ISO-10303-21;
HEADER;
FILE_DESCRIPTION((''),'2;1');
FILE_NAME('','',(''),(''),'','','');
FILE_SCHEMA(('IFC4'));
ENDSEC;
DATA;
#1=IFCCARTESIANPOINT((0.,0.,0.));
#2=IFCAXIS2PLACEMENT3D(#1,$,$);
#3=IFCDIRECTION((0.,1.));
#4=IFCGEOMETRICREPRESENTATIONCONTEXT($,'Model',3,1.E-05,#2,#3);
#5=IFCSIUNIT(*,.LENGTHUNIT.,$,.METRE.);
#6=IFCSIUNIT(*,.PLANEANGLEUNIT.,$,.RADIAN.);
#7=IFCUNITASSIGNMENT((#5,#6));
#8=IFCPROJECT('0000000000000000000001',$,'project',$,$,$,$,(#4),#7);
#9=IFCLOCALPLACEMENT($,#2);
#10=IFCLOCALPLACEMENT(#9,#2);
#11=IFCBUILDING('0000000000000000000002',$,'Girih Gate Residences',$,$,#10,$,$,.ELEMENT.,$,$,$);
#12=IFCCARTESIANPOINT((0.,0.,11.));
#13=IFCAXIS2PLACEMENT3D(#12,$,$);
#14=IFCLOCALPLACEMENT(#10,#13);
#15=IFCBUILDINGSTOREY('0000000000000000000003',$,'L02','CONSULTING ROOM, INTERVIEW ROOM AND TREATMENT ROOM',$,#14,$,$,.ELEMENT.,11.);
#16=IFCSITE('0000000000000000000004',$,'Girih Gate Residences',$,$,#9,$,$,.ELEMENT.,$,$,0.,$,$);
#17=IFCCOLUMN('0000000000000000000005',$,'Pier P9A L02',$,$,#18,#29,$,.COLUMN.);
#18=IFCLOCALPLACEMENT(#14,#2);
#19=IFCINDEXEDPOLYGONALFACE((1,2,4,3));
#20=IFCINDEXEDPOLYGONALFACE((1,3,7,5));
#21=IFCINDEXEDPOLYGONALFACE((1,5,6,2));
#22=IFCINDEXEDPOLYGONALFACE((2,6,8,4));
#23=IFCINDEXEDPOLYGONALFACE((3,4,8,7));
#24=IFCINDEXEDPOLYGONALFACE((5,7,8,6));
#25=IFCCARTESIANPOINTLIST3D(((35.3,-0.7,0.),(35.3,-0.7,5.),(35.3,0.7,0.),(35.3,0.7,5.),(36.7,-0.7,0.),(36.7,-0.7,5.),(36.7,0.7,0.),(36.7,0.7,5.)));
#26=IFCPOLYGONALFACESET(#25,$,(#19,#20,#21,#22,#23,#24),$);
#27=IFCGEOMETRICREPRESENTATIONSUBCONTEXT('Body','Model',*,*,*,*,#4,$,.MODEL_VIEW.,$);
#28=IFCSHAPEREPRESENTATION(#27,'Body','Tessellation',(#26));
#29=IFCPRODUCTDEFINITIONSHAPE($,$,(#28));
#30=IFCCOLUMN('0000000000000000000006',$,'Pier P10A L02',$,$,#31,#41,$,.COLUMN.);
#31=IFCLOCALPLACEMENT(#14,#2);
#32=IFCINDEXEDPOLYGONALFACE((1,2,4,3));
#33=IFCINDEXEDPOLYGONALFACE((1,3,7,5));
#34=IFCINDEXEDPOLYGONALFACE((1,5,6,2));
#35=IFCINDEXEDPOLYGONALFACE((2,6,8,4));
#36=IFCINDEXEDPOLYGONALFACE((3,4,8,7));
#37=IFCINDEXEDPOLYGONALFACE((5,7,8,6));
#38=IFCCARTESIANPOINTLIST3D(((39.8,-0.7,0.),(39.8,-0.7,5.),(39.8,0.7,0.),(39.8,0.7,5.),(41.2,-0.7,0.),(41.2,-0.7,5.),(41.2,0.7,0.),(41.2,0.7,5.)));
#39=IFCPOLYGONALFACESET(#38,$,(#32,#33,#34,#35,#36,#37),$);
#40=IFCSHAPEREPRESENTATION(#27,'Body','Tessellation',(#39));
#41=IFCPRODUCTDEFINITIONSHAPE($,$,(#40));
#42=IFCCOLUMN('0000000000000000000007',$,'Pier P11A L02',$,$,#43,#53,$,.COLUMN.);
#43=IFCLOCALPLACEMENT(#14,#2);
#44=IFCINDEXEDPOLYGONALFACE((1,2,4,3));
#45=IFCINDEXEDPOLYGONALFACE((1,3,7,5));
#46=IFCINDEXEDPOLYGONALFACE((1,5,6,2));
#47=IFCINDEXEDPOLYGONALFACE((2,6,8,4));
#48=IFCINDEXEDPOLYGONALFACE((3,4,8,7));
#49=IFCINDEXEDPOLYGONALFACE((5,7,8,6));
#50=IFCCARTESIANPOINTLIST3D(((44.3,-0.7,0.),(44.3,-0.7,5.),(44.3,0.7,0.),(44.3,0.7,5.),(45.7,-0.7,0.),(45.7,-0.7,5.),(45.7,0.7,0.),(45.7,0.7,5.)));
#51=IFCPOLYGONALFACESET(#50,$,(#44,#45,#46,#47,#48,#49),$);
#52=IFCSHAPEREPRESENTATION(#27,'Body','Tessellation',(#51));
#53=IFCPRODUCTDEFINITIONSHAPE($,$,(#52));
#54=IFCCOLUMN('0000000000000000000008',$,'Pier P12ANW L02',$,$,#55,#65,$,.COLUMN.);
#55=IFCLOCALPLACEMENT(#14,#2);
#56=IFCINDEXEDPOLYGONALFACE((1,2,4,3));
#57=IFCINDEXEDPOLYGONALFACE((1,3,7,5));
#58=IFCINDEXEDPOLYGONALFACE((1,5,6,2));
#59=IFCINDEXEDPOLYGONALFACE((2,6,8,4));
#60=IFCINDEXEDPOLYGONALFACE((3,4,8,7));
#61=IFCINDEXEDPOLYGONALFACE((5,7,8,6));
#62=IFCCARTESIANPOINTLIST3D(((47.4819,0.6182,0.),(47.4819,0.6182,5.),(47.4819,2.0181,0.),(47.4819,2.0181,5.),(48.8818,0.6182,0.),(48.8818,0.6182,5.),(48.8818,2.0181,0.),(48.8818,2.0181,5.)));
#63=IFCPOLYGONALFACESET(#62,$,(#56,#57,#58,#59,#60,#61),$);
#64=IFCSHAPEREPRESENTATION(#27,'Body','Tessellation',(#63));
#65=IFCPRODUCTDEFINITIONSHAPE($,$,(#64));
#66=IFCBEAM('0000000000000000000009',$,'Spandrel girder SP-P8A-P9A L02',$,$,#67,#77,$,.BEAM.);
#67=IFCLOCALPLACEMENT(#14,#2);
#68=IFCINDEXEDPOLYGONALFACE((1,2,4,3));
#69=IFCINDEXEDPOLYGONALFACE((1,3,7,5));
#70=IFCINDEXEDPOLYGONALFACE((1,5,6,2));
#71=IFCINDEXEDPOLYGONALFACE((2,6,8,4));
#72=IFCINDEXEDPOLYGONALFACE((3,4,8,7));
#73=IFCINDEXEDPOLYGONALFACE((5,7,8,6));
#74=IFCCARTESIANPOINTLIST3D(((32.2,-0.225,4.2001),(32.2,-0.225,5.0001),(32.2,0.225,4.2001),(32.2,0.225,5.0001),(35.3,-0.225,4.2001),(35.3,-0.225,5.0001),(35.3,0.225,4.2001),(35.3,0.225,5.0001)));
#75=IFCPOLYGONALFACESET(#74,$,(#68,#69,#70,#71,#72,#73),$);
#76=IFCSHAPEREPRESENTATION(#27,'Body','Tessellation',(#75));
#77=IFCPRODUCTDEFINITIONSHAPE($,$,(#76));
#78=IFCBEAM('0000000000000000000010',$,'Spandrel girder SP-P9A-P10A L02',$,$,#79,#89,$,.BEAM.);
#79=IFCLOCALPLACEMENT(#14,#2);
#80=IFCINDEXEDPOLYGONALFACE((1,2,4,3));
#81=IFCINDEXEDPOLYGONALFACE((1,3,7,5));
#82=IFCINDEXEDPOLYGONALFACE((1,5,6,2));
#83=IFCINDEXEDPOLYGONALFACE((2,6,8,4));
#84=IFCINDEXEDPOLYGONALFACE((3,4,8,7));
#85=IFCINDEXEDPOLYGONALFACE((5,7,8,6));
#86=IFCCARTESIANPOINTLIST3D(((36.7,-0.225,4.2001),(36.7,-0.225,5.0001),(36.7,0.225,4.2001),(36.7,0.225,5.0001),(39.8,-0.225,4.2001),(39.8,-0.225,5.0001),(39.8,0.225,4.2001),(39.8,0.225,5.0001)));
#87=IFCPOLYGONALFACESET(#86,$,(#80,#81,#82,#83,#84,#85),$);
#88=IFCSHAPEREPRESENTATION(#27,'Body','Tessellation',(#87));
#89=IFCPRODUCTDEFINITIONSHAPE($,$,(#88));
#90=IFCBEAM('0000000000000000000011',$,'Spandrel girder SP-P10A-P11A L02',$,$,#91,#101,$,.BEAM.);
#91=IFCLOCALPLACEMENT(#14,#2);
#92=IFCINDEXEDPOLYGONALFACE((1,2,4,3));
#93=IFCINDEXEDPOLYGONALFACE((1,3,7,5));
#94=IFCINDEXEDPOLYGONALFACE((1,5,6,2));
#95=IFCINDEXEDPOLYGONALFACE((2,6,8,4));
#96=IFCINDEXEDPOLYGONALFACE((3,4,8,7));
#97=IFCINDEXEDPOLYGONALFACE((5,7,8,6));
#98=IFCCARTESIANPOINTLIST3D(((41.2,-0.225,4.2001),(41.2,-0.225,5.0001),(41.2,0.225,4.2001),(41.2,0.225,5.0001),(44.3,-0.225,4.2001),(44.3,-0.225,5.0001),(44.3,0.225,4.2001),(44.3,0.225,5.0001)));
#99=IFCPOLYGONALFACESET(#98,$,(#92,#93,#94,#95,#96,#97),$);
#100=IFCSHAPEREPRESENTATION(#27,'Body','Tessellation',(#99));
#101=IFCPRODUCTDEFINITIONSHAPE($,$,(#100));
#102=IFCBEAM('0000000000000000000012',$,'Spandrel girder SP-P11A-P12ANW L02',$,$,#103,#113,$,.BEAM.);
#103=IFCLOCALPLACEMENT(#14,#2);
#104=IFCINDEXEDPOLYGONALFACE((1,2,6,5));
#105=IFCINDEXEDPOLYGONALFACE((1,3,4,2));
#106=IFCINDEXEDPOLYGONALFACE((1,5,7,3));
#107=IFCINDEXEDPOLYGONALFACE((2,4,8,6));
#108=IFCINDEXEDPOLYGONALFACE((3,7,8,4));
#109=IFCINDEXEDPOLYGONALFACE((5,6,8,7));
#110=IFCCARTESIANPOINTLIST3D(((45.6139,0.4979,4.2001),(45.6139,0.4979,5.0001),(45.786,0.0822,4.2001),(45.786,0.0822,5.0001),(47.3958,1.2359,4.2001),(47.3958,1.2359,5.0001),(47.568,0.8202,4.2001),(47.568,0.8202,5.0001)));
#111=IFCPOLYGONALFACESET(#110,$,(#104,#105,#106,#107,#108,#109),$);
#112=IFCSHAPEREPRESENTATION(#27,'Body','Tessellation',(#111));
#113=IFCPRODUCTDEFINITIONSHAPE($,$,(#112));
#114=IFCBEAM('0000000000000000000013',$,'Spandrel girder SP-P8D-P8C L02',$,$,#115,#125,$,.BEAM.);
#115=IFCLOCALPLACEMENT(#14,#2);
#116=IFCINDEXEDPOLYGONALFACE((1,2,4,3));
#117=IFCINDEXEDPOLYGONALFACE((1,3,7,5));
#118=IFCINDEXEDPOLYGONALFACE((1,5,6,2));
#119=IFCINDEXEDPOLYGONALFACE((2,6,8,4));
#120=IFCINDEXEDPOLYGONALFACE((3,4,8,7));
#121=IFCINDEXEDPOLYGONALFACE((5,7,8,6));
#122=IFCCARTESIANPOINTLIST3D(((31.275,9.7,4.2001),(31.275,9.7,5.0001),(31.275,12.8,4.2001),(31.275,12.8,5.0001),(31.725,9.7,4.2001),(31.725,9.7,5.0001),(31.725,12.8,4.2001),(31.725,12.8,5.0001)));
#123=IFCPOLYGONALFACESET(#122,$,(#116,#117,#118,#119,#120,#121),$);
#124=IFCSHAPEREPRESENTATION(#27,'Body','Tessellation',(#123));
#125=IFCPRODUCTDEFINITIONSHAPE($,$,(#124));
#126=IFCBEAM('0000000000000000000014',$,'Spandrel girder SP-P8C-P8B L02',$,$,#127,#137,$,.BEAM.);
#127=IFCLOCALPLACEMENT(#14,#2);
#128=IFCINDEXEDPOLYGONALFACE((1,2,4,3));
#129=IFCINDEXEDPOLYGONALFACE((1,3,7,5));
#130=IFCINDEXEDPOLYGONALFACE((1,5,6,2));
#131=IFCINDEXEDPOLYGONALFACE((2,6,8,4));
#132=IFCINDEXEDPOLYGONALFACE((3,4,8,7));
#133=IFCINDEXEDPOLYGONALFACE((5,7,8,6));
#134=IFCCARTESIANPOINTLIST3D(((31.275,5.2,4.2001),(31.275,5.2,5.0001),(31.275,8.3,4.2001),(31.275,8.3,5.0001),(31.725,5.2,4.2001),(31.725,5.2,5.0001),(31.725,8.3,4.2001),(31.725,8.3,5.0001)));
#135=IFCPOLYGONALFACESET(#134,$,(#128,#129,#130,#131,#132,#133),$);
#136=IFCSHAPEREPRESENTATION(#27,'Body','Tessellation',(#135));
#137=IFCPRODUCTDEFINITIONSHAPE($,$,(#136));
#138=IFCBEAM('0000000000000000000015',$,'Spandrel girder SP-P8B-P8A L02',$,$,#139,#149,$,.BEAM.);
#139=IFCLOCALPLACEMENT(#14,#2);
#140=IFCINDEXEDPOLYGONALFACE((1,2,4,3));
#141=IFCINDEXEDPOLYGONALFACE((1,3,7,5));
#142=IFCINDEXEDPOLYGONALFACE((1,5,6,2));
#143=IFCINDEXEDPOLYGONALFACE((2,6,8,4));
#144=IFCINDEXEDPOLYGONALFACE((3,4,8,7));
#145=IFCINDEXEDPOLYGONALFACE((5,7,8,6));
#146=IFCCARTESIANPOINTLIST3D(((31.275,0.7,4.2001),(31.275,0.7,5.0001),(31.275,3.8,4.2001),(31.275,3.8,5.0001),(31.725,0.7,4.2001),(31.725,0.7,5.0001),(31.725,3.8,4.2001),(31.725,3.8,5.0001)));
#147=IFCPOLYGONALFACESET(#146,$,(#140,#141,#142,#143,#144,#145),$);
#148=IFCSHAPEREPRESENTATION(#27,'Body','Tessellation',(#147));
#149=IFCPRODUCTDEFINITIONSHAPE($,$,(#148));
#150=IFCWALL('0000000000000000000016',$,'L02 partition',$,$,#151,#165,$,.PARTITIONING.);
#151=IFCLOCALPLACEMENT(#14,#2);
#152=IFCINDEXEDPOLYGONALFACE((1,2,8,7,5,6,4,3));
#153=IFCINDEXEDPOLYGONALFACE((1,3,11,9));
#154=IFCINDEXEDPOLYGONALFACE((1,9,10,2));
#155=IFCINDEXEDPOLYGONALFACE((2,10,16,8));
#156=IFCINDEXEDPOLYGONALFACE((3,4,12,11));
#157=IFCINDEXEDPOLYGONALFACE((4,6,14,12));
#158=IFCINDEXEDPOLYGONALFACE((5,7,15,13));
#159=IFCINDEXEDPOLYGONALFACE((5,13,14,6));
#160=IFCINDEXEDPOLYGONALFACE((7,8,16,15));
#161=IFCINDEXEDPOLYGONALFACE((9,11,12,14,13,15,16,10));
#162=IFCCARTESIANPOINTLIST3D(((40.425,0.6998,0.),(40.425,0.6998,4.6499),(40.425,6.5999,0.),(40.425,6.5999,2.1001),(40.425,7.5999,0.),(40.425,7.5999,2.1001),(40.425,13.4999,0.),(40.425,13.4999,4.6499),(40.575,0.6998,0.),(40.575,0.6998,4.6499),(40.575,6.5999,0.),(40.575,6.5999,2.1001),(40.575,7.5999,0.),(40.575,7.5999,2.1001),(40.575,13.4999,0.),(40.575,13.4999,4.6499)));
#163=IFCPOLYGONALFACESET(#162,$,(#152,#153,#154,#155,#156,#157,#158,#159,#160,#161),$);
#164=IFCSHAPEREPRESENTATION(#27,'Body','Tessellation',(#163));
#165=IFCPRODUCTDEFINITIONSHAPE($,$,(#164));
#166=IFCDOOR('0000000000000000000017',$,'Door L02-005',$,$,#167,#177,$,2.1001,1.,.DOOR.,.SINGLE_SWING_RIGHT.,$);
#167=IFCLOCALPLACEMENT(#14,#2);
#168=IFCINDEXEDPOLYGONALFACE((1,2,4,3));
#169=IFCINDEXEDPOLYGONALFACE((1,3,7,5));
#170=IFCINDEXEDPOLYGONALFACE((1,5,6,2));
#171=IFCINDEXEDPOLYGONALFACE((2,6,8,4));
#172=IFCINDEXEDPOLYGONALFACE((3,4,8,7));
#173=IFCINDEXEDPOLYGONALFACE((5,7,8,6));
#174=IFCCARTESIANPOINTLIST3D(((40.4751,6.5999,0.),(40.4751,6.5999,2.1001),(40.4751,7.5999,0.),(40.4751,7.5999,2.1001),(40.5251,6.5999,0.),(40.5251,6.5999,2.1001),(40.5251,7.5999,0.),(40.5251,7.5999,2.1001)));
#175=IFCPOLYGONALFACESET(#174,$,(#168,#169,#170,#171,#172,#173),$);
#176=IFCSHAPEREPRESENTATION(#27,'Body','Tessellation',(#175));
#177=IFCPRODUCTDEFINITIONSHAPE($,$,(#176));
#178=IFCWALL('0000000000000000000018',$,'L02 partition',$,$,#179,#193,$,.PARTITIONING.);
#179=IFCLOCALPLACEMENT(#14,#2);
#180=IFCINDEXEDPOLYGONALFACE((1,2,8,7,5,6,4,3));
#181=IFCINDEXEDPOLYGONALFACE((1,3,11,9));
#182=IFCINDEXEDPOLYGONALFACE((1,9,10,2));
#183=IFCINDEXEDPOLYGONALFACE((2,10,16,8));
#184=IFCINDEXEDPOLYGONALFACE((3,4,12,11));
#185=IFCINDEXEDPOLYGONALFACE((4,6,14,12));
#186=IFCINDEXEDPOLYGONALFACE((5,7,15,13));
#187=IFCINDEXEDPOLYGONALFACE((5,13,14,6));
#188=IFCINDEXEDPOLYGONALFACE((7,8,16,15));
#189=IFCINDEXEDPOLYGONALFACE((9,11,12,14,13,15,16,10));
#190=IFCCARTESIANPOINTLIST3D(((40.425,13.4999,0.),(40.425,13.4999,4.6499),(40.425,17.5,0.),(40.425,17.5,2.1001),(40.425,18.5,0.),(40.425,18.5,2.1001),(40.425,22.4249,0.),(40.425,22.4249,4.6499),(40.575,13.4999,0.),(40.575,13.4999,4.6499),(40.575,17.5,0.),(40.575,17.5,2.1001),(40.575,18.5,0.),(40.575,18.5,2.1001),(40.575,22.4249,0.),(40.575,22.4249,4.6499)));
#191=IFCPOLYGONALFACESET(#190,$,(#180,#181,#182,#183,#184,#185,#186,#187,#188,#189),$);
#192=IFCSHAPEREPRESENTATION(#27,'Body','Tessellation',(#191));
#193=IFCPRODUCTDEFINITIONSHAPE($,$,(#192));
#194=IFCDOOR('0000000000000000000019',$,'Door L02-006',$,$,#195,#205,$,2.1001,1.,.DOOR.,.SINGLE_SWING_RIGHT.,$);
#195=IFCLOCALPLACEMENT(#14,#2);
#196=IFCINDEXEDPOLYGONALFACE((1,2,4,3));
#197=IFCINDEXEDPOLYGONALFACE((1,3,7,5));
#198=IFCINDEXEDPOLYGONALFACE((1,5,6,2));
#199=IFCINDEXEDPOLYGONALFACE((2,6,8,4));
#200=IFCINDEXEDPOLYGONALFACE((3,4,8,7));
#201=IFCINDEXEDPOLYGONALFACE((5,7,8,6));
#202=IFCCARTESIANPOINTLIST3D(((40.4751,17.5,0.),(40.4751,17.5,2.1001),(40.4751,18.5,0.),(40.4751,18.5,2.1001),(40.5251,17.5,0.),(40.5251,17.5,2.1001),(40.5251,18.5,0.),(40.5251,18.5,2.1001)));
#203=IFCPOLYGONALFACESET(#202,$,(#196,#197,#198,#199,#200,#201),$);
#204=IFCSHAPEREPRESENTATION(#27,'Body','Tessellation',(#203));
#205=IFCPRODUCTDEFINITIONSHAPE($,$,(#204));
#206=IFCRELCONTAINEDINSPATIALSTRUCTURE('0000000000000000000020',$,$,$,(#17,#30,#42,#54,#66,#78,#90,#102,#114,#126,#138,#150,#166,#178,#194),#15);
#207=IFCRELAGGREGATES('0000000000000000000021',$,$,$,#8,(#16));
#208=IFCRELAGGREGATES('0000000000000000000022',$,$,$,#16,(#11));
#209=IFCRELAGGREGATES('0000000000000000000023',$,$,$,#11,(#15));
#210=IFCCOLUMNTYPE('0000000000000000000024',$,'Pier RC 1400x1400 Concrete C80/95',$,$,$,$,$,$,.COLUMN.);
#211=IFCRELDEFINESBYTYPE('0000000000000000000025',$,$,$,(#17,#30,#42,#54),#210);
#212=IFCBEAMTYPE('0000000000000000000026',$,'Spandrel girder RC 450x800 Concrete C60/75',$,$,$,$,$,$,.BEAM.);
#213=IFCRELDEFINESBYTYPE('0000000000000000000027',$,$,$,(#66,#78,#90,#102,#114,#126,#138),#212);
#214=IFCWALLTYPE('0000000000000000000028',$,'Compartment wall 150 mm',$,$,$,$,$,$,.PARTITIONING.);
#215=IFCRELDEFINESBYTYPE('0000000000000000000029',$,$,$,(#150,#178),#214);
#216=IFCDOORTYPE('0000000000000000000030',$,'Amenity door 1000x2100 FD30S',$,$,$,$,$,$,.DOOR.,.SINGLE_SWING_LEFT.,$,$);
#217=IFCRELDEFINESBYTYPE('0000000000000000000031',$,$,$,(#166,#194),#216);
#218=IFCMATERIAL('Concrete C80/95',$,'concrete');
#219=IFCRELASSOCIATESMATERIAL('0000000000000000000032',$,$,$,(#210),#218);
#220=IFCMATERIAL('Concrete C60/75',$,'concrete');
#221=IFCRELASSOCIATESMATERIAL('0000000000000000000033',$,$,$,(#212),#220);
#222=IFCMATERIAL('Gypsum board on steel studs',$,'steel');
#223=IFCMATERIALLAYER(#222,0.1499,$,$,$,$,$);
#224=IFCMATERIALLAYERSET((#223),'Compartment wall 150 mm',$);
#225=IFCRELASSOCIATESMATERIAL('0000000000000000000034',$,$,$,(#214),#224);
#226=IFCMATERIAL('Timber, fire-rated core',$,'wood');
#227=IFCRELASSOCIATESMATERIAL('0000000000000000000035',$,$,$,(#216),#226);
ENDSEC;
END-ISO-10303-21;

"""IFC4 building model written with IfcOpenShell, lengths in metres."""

from ifc_helpers import new_model, si_unit, direction, frame, frame_2d, origin, origin_2d, place, context, subcontext, project, spatial, rectangle, extrude, material, layer, layer_set, material_profile, profile_set, type_object, element, fill, save


model = new_model("IFC4")

# Units and contexts
model_context = context("Model", 3, precision=1e-05, world=origin(), true_north=direction((0.0, 1.0)))
body_context = subcontext(model_context, "Body", "Model", "MODEL_VIEW")
ifc_project = project(units=[si_unit("LENGTHUNIT", "METRE"), si_unit("PLANEANGLEUNIT", "RADIAN")], contexts=[model_context])

# Site, building, storey
site_placement = place(None, origin())
site = spatial("IfcSite", under=ifc_project, at=site_placement, Name="Girih Gate Residences", CompositionType="ELEMENT", RefElevation=0.0)
building_placement = place(site_placement, origin())
building = spatial("IfcBuilding", under=site, at=building_placement, Name="Girih Gate Residences", CompositionType="ELEMENT")
storey_placement = place(building_placement, frame((0.0, 0.0, 11.0)))
storey = spatial("IfcBuildingStorey", under=building, at=storey_placement, Name="L02", Description="CONSULTING ROOM, INTERVIEW ROOM AND TREATMENT ROOM", CompositionType="ELEMENT", Elevation=11.0)

# Columns
ifc_material_1 = material(Name="Concrete C80/95", Category="concrete")
ifc_material_profile_1 = material_profile(ifc_material_1, rectangle(XDim=1.3999, YDim=1.3999, at=origin_2d()))
ifc_profile_set_1 = profile_set([ifc_material_profile_1], Name="Concrete C80/95")
column_type = type_object("IfcColumnType", Name="Pier RC 1400x1400 Concrete C80/95", PredefinedType="COLUMN", material=ifc_profile_set_1)
for number, where, z_axis, x_axis, name in (
    (1, (36.0, 0.0, 0.0), (0.0, 0.0, 1.0), (1.0, 0.0, 0.0), "Pier P9A L02"),
    (2, (40.5, 0.0, 0.0), (0.0, 0.0, 1.0), (1.0, 0.0, 0.0), "Pier P10A L02"),
    (3, (45.0, 0.0, 0.0), (0.0, 0.0, 1.0), (1.0, 0.0, 0.0), "Pier P11A L02"),
    (4, (48.1819, 1.3181, 0.0), (0.0, 0.0, 1.0), (1.0, 0.0, 0.0), "Pier P12ANW L02"),
):
    element("IfcColumn", number, at=place(storey_placement, frame(where, z_axis=z_axis, x_axis=x_axis)), inside=storey, type_object=column_type, Name=name, PredefinedType="COLUMN", context=body_context, shape_type="SweptSolid", body=[
        extrude(rectangle(XDim=1.3999, YDim=1.3999, at=origin_2d()), origin(), (0.0, 0.0, 1.0), 5.0),
    ])

# Beams
ifc_material_2 = material(Name="Concrete C60/75", Category="concrete")
ifc_material_profile_2 = material_profile(ifc_material_2, rectangle(XDim=0.45, YDim=0.8, at=origin_2d()))
ifc_profile_set_2 = profile_set([ifc_material_profile_2], Name="Concrete C60/75")
beam_type = type_object("IfcBeamType", Name="Spandrel girder RC 450x800 Concrete C60/75", PredefinedType="BEAM", material=ifc_profile_set_2)
for number, where, z_axis, x_axis, name in (
    (5, (32.2, 0.0, 4.6001), (1.0, 0.0, 0.0), (0.0, 1.0, 0.0), "Spandrel girder SP-P8A-P9A L02"),
    (6, (36.7, 0.0, 4.6001), (1.0, 0.0, 0.0), (0.0, 1.0, 0.0), "Spandrel girder SP-P9A-P10A L02"),
    (7, (41.2, 0.0, 4.6001), (1.0, 0.0, 0.0), (0.0, 1.0, 0.0), "Spandrel girder SP-P10A-P11A L02"),
):
    element("IfcBeam", number, at=place(storey_placement, frame(where, z_axis=z_axis, x_axis=x_axis)), inside=storey, type_object=beam_type, Name=name, PredefinedType="BEAM", context=body_context, shape_type="SweptSolid", body=[
        extrude(rectangle(XDim=0.45, YDim=0.8, at=origin_2d()), origin(), (0.0, 0.0, 1.0), 3.1001),
    ])
beam_placement = place(storey_placement, frame((45.7, 0.29, 4.6001), z_axis=(0.923895, 0.382646, 0.0), x_axis=(-0.382646, 0.923895, 0.0)))
element("IfcBeam", 8, at=beam_placement, inside=storey, type_object=beam_type, Name="Spandrel girder SP-P11A-P12ANW L02", PredefinedType="BEAM", context=body_context, shape_type="SweptSolid", body=[
    extrude(rectangle(XDim=0.45, YDim=0.8, at=origin_2d()), origin(), (0.0, 0.0, 1.0), 1.9287),
])
for number, where, z_axis, x_axis, name in (
    (9, (31.5, 12.8, 4.6001), (0.0, -1.0, 0.0), (1.0, 0.0, 0.0), "Spandrel girder SP-P8D-P8C L02"),
    (10, (31.5, 8.3, 4.6001), (0.0, -1.0, 0.0), (1.0, 0.0, 0.0), "Spandrel girder SP-P8C-P8B L02"),
    (11, (31.5, 3.8, 4.6001), (0.0, -1.0, 0.0), (1.0, 0.0, 0.0), "Spandrel girder SP-P8B-P8A L02"),
):
    element("IfcBeam", number, at=place(storey_placement, frame(where, z_axis=z_axis, x_axis=x_axis)), inside=storey, type_object=beam_type, Name=name, PredefinedType="BEAM", context=body_context, shape_type="SweptSolid", body=[
        extrude(rectangle(XDim=0.45, YDim=0.8, at=origin_2d()), origin(), (0.0, 0.0, 1.0), 3.1001),
    ])

# Walls, openings, doors
ifc_material_3 = material(Name="Gypsum board on steel studs", Category="steel")
ifc_layer_1 = layer(ifc_material_3, 0.1499)
ifc_layer_set_1 = layer_set([ifc_layer_1], Name="Compartment wall 150 mm")
wall_type_1 = type_object("IfcWallType", Name="Compartment wall 150 mm", PredefinedType="PARTITIONING", material=ifc_layer_set_1)
wall_1_placement = place(storey_placement, frame((40.5, 0.7, 0.0), z_axis=(0.0, 0.0, 1.0), x_axis=(0.0, 1.0, 0.0)))
wall_1 = element("IfcWall", 12, at=wall_1_placement, inside=storey, type_object=wall_type_1, Name="L02 partition", PredefinedType="PARTITIONING", context=body_context, shape_type="SweptSolid", body=[
    extrude(rectangle(XDim=12.8, YDim=0.1499, at=frame_2d((6.3999, 0.0))), origin(), (0.0, 0.0, 1.0), 4.6499),
])
opening_1_placement = place(wall_1_placement, frame((5.8999, 0.0, 0.0)))
opening_1 = element("IfcOpeningElement", 13, at=opening_1_placement, cuts=wall_1, PredefinedType="OPENING", context=body_context, shape_type="SweptSolid", body=[
    extrude(rectangle(XDim=1.0, YDim=2.1001, at=frame_2d((0.5, 1.05))), frame((0.0, 0.085, 0.0), z_axis=(0.0, -1.0, 0.0), x_axis=(1.0, 0.0, 0.0)), (0.0, 0.0, 1.0), 0.1699),
])
ifc_material_4 = material(Name="Timber, fire-rated core", Category="wood")
door_type_1 = type_object("IfcDoorType", Name="Amenity door 1000x2100 FD30S", OperationType="SINGLE_SWING_LEFT", PredefinedType="DOOR", material=ifc_material_4)
door_1_placement = place(opening_1_placement, origin())
door_1 = element("IfcDoor", 14, at=door_1_placement, inside=storey, type_object=door_type_1, Name="Door L02-005", OperationType="SINGLE_SWING_RIGHT", OverallHeight=2.1001, OverallWidth=1.0, PredefinedType="DOOR", context=body_context, shape_type="SweptSolid", body=[
    extrude(rectangle(XDim=1.0, YDim=2.1001, at=frame_2d((0.5, 1.05))), frame((0.0, 0.0249, 0.0), z_axis=(0.0, -1.0, 0.0), x_axis=(1.0, 0.0, 0.0)), (0.0, 0.0, 1.0), 0.05),
])
fill(opening_1, door_1)
wall_2_placement = place(storey_placement, frame((40.5, 13.5, 0.0), z_axis=(0.0, 0.0, 1.0), x_axis=(0.0, 1.0, 0.0)))
wall_2 = element("IfcWall", 15, at=wall_2_placement, inside=storey, type_object=wall_type_1, Name="L02 partition", PredefinedType="PARTITIONING", context=body_context, shape_type="SweptSolid", body=[
    extrude(rectangle(XDim=8.925, YDim=0.1499, at=frame_2d((4.4624, 0.0))), origin(), (0.0, 0.0, 1.0), 4.6499),
])
opening_2_placement = place(wall_2_placement, frame((4.0, 0.0, 0.0)))
opening_2 = element("IfcOpeningElement", 16, at=opening_2_placement, cuts=wall_2, PredefinedType="OPENING", context=body_context, shape_type="SweptSolid", body=[
    extrude(rectangle(XDim=1.0, YDim=2.1001, at=frame_2d((0.5, 1.05))), frame((0.0, 0.085, 0.0), z_axis=(0.0, -1.0, 0.0), x_axis=(1.0, 0.0, 0.0)), (0.0, 0.0, 1.0), 0.1699),
])
door_2_placement = place(opening_2_placement, origin())
door_2 = element("IfcDoor", 17, at=door_2_placement, inside=storey, type_object=door_type_1, Name="Door L02-006", OperationType="SINGLE_SWING_RIGHT", OverallHeight=2.1001, OverallWidth=1.0, PredefinedType="DOOR", context=body_context, shape_type="SweptSolid", body=[
    extrude(rectangle(XDim=1.0, YDim=2.1001, at=frame_2d((0.5, 1.05))), frame((0.0, 0.0249, 0.0), z_axis=(0.0, -1.0, 0.0), x_axis=(1.0, 0.0, 0.0)), (0.0, 0.0, 1.0), 0.05),
])
fill(opening_2, door_2)

save(model, "model.ifc")
